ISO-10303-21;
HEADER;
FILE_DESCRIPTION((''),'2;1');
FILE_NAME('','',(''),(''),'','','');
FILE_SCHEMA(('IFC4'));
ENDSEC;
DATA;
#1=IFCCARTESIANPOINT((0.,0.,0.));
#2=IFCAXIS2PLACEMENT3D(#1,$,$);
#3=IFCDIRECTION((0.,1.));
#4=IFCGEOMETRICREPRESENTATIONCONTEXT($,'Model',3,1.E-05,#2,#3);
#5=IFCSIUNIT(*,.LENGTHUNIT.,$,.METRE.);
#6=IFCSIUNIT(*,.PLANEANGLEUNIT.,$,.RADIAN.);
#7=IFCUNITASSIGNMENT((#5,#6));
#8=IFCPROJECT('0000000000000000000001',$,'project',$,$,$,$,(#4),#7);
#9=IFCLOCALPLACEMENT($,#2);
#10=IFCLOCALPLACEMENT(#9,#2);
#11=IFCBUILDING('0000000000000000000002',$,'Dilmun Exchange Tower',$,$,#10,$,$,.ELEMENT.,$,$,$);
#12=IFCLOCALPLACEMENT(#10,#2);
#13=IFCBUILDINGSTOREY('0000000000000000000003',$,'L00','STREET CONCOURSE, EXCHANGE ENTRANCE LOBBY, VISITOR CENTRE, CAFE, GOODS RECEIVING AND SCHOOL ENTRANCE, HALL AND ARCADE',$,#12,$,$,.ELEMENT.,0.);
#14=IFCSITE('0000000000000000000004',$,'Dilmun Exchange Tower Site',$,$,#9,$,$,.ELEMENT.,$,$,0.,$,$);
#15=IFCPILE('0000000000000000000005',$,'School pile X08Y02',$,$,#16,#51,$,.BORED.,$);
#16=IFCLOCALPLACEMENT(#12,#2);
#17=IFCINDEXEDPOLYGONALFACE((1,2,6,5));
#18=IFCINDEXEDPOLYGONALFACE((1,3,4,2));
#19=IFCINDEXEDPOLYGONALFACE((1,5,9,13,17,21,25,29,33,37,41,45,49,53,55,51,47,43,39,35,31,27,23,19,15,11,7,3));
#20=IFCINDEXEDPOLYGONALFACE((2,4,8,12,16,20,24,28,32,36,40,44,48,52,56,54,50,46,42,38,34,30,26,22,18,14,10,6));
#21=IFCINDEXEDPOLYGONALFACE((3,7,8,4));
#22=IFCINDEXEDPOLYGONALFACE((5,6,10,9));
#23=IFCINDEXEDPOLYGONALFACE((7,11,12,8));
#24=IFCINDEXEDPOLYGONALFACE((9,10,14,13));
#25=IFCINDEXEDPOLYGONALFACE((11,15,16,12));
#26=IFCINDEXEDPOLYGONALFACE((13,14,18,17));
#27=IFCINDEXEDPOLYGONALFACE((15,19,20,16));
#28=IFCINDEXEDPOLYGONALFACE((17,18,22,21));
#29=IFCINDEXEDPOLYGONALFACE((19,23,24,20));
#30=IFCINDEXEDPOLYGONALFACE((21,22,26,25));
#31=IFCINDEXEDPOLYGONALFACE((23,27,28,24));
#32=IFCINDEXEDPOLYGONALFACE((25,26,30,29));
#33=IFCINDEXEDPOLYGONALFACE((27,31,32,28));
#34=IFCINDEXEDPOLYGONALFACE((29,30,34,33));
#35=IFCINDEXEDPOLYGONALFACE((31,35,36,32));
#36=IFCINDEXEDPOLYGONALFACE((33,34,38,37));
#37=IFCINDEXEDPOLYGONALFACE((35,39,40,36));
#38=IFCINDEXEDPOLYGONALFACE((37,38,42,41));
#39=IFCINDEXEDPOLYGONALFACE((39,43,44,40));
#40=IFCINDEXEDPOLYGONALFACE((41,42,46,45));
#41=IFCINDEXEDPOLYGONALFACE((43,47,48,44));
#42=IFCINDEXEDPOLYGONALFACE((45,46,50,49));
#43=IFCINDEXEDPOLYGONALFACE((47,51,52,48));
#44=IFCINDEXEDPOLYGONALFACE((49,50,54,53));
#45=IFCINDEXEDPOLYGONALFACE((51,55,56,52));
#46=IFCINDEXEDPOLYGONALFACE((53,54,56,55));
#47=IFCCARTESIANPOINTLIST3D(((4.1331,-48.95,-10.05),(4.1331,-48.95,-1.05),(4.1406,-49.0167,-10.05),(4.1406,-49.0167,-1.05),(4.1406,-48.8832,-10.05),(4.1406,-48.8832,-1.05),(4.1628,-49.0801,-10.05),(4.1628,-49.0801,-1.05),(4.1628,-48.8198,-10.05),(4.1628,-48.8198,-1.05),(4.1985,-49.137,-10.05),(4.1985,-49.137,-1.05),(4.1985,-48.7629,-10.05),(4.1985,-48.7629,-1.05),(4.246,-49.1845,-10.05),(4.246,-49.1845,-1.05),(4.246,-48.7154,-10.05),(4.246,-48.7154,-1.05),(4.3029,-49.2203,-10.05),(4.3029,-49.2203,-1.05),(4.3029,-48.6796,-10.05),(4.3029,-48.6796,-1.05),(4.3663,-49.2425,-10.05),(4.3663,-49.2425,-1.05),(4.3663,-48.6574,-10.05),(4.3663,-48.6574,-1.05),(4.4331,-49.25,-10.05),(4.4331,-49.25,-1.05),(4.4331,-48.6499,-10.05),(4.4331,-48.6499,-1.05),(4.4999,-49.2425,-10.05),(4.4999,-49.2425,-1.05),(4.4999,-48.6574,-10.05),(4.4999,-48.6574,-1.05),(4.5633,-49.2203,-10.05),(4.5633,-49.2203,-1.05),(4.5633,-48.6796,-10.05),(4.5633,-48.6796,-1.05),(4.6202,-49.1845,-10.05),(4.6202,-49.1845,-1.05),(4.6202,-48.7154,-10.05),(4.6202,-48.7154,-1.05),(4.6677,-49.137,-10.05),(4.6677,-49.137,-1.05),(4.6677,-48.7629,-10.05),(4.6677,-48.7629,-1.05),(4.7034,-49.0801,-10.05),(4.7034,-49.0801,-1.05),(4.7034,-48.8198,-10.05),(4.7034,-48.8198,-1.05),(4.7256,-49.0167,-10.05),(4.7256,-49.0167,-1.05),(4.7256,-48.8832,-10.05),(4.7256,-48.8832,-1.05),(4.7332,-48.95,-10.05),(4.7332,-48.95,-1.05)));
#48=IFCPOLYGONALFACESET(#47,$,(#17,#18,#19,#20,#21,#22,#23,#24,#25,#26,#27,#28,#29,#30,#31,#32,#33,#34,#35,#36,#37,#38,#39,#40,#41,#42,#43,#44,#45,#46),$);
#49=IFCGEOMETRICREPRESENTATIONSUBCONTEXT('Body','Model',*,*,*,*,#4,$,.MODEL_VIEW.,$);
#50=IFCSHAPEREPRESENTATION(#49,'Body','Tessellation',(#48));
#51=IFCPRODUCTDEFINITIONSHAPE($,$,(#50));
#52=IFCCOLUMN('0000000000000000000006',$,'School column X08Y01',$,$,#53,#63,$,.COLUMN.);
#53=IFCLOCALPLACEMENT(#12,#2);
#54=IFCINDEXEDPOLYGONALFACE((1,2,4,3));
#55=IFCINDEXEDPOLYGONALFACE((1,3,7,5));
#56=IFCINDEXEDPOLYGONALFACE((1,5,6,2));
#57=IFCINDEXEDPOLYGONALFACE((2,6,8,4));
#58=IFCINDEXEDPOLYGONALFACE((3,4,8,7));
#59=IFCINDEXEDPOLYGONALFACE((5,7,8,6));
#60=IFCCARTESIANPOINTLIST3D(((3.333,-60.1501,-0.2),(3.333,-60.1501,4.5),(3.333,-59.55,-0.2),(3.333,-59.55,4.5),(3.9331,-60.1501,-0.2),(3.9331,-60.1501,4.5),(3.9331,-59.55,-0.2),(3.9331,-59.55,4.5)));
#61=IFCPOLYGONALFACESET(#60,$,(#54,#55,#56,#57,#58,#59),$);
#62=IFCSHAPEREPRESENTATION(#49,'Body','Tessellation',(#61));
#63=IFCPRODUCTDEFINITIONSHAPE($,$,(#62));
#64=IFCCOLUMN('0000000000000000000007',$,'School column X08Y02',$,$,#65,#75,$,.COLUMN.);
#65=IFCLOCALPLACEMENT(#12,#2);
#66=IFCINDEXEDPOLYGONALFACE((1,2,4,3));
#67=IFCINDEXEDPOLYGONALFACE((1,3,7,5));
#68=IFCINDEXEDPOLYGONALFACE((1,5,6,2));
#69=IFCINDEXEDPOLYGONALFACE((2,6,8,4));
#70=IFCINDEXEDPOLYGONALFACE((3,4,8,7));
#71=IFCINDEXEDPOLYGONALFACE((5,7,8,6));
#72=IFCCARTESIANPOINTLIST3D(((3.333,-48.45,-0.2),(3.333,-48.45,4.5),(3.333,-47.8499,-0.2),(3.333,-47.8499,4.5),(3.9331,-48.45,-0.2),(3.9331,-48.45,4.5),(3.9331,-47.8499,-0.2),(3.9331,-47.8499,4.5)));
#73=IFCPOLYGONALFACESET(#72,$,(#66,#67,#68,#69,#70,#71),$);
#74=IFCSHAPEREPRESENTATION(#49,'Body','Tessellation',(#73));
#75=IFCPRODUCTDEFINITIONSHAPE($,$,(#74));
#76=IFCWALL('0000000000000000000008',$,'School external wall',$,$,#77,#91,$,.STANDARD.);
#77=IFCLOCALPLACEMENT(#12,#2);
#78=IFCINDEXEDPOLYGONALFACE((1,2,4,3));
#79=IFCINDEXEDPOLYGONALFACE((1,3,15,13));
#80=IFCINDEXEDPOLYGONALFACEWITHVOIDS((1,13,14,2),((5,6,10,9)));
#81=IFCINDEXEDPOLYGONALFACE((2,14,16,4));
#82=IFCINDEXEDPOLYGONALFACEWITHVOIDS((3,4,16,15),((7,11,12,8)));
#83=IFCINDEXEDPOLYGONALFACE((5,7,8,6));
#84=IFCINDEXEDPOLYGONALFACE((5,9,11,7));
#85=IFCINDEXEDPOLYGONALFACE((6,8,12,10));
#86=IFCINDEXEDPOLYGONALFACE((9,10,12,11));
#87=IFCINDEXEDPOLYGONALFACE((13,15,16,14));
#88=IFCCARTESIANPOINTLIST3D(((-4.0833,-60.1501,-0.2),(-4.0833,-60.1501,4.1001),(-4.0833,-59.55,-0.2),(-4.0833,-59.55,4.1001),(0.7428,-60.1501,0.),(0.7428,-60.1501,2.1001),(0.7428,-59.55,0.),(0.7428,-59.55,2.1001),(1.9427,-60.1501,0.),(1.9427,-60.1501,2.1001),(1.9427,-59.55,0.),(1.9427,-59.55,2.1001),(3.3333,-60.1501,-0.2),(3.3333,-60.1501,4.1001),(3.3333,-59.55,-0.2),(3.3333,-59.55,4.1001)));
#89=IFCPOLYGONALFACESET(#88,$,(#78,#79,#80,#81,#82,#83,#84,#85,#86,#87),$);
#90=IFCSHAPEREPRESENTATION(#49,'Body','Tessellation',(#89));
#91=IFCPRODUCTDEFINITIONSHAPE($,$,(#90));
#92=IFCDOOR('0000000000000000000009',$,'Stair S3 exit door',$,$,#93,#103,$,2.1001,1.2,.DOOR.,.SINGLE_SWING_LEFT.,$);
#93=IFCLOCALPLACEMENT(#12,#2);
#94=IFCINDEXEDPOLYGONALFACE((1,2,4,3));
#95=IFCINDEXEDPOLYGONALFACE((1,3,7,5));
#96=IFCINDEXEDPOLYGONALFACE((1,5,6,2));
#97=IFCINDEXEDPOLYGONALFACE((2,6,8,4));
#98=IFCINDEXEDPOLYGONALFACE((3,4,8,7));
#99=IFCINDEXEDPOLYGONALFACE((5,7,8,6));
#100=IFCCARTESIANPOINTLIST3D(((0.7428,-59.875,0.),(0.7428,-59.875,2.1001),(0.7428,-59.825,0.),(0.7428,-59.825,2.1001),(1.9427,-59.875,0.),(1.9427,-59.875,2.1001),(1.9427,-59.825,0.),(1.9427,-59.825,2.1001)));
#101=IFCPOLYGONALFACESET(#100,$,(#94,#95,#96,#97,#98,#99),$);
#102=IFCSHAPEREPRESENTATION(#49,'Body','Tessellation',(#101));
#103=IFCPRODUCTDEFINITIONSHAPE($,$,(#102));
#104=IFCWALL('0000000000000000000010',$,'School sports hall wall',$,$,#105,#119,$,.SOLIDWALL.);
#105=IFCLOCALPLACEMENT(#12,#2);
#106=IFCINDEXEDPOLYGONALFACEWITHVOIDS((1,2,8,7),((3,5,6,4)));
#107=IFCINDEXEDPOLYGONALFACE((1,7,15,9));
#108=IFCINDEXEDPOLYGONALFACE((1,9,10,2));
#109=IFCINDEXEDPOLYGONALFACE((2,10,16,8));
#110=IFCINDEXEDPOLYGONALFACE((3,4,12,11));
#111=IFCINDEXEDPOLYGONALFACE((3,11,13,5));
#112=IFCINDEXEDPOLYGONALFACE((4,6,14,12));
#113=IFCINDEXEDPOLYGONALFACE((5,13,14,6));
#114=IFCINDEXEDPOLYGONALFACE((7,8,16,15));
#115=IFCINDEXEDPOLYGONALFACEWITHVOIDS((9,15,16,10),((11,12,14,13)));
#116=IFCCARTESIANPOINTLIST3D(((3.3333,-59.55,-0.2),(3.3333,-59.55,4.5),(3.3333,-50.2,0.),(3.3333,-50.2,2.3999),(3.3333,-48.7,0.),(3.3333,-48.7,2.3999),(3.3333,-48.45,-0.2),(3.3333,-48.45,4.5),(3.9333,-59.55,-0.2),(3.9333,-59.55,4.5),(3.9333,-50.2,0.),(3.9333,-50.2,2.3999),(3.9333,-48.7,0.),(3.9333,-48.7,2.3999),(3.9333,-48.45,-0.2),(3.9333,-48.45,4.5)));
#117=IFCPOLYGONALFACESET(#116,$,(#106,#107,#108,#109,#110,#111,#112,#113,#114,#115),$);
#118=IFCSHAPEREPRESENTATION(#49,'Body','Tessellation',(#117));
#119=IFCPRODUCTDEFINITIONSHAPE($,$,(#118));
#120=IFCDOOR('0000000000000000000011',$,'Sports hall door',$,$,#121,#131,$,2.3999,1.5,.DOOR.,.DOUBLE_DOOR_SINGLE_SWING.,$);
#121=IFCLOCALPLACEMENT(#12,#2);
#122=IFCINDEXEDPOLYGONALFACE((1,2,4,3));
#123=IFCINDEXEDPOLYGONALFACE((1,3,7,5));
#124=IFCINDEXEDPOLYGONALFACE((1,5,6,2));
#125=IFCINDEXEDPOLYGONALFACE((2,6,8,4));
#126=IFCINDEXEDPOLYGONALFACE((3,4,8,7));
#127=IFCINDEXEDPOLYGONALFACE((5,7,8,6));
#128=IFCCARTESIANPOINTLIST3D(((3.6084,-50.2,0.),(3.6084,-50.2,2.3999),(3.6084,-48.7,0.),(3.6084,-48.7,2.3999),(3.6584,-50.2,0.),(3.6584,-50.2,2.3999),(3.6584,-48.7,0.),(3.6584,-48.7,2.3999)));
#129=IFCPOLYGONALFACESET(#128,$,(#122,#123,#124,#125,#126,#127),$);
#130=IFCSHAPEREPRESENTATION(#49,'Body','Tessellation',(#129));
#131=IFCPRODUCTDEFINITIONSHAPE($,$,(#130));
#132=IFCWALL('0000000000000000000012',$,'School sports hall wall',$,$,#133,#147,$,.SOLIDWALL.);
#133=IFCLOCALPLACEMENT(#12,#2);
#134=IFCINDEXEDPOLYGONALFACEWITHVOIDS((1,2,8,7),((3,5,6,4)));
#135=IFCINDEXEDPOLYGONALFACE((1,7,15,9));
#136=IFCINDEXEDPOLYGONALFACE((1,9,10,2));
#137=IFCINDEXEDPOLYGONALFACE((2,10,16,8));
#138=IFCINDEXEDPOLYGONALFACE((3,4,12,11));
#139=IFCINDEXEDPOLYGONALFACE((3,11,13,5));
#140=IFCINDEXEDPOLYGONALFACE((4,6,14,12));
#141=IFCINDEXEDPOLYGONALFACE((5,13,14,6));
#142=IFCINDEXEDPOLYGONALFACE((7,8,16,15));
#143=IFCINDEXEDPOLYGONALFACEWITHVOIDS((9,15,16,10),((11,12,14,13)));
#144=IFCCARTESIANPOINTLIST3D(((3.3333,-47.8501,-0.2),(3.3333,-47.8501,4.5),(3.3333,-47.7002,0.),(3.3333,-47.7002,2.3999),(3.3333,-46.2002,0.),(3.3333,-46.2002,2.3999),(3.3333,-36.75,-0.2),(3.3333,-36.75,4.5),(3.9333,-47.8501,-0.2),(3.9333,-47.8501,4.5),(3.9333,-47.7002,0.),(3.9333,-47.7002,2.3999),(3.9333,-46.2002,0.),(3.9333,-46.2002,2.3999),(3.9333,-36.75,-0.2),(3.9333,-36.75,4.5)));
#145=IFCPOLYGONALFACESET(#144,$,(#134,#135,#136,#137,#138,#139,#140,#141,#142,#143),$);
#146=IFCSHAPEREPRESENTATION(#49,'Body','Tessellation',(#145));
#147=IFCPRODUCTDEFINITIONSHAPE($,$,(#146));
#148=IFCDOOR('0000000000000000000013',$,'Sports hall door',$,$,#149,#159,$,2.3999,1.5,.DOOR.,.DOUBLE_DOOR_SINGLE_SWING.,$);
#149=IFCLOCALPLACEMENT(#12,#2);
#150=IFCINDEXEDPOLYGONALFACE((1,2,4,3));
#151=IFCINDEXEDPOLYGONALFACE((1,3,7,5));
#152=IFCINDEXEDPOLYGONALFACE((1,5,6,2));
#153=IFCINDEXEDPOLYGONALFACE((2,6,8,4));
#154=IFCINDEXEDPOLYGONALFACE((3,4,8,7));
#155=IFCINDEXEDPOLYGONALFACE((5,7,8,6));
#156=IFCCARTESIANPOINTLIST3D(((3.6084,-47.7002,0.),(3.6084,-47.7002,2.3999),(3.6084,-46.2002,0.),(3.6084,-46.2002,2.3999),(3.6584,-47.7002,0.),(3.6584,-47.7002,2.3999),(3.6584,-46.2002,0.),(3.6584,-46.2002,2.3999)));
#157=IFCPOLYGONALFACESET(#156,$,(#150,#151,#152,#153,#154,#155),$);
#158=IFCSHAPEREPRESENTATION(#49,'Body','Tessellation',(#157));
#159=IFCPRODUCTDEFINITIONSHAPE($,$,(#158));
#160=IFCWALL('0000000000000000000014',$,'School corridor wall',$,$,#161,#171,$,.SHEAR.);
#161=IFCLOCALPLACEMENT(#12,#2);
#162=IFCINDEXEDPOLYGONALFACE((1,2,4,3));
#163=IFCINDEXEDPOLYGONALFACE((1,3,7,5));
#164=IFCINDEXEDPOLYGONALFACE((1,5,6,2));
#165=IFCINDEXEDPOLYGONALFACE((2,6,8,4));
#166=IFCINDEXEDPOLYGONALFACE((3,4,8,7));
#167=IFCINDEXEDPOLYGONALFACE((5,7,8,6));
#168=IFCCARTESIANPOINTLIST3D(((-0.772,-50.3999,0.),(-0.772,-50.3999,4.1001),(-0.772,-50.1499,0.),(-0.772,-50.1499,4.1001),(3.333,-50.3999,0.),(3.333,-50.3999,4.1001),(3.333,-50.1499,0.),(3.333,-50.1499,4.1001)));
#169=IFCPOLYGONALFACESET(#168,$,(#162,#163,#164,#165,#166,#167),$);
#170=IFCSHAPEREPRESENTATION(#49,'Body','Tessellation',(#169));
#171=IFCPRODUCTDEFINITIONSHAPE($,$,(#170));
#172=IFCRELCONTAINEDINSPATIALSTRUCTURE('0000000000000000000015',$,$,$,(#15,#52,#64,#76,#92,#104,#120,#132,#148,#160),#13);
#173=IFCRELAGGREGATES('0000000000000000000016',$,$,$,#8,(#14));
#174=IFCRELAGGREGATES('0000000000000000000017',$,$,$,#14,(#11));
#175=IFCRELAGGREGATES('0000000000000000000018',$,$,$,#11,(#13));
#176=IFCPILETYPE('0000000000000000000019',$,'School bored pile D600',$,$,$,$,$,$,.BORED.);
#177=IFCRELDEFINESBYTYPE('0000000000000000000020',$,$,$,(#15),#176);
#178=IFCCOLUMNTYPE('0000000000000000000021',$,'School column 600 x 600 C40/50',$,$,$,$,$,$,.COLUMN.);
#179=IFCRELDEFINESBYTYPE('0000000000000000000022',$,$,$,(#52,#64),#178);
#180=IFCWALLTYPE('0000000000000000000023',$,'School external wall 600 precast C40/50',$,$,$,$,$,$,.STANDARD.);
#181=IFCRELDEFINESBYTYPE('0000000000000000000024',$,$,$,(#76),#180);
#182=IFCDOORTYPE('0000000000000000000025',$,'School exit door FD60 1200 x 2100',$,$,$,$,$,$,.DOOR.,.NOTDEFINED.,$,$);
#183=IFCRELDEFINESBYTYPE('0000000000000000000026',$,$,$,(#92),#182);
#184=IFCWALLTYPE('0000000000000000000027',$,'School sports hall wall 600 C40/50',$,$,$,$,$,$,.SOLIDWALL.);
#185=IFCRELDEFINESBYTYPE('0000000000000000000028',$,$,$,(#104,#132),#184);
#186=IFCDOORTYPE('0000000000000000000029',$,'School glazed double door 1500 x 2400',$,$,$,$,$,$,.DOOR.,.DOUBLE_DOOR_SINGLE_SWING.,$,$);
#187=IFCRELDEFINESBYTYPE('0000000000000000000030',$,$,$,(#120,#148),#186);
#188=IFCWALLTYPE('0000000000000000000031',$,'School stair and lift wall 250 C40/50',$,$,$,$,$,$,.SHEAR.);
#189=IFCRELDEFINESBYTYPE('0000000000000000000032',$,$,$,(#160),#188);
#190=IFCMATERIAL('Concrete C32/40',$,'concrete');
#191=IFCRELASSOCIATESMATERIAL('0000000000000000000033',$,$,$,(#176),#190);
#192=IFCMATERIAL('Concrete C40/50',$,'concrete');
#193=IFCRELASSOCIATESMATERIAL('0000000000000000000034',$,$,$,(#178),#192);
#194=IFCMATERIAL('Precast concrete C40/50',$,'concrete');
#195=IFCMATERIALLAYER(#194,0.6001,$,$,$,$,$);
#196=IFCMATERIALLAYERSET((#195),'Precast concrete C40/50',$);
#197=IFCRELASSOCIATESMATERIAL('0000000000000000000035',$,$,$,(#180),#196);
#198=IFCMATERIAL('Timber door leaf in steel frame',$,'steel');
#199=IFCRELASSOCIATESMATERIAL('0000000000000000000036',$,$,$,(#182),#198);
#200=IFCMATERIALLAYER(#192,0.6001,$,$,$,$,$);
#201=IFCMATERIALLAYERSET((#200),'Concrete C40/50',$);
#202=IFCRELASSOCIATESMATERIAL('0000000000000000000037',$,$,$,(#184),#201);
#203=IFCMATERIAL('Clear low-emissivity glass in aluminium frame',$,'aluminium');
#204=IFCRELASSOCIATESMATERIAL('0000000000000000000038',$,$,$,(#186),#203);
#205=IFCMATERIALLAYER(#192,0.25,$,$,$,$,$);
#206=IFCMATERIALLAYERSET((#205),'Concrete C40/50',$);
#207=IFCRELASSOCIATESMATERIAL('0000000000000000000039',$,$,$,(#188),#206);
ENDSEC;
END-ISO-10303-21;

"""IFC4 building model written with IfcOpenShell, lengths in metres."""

from ifc_helpers import new_model, si_unit, direction, frame, frame_2d, origin, origin_2d, place, context, subcontext, project, spatial, rectangle, circle, extrude, material, layer, layer_set, material_profile, profile_set, type_object, element, fill, save


model = new_model("IFC4")

# Units and contexts
model_context = context("Model", 3, precision=1e-05, world=origin(), true_north=direction((0.0, 1.0)))
body_context = subcontext(model_context, "Body", "Model", "MODEL_VIEW")
ifc_project = project(units=[si_unit("LENGTHUNIT", "METRE"), si_unit("PLANEANGLEUNIT", "RADIAN")], contexts=[model_context])

# Site, building, storey
site_placement = place(None, origin())
site = spatial("IfcSite", under=ifc_project, at=site_placement, Name="Dilmun Exchange Tower Site", CompositionType="ELEMENT", RefElevation=0.0)
building_placement = place(site_placement, origin())
building = spatial("IfcBuilding", under=site, at=building_placement, Name="Dilmun Exchange Tower", CompositionType="ELEMENT")
storey_placement = place(building_placement, origin())
storey = spatial("IfcBuildingStorey", under=building, at=storey_placement, Name="L00", Description="STREET CONCOURSE, EXCHANGE ENTRANCE LOBBY, VISITOR CENTRE, CAFE, GOODS RECEIVING AND SCHOOL ENTRANCE, HALL AND ARCADE", CompositionType="ELEMENT", Elevation=0.0)

# Pile
ifc_material_1 = material(Name="Concrete C32/40", Category="concrete")
ifc_material_profile_1 = material_profile(ifc_material_1, circle(Radius=0.3, at=origin_2d()), Name="D600")
ifc_profile_set_1 = profile_set([ifc_material_profile_1], Name="Concrete C32/40")
pile_type = type_object("IfcPileType", Name="School bored pile D600", PredefinedType="BORED", material=ifc_profile_set_1)
for number, where, z_axis, x_axis, name in (
    (1, (4.4331, -48.95, -1.05), (0.0, 0.0, -1.0), (1.0, 0.0, 0.0), "School pile X08Y02"),
):
    element("IfcPile", number, at=place(storey_placement, frame(where, z_axis=z_axis, x_axis=x_axis)), inside=storey, type_object=pile_type, Name=name, PredefinedType="BORED", context=body_context, shape_type="SweptSolid", body=[
        extrude(circle(Radius=0.3, at=origin_2d()), origin(), (0.0, 0.0, 1.0), 9.0),
    ])

# Columns
ifc_material_2 = material(Name="Concrete C40/50", Category="concrete")
ifc_material_profile_2 = material_profile(ifc_material_2, rectangle(XDim=0.6001, YDim=0.6001, at=origin_2d()), Name="600 x 600")
ifc_profile_set_2 = profile_set([ifc_material_profile_2], Name="Concrete C40/50")
column_type = type_object("IfcColumnType", Name="School column 600 x 600 C40/50", PredefinedType="COLUMN", material=ifc_profile_set_2)
for number, where, z_axis, x_axis, name in (
    (2, (3.6331, -59.8501, -0.2), (0.0, 0.0, 1.0), (1.0, 0.0, 0.0), "School column X08Y01"),
    (3, (3.6331, -48.1499, -0.2), (0.0, 0.0, 1.0), (1.0, 0.0, 0.0), "School column X08Y02"),
):
    element("IfcColumn", number, at=place(storey_placement, frame(where, z_axis=z_axis, x_axis=x_axis)), inside=storey, type_object=column_type, Name=name, PredefinedType="COLUMN", context=body_context, shape_type="SweptSolid", body=[
        extrude(rectangle(XDim=0.6001, YDim=0.6001, at=origin_2d()), origin(), (0.0, 0.0, 1.0), 4.7),
    ])

# Walls, openings, doors
ifc_material_3 = material(Name="Precast concrete C40/50", Category="concrete")
ifc_layer_1 = layer(ifc_material_3, 0.6001)
ifc_layer_set_1 = layer_set([ifc_layer_1], Name="Precast concrete C40/50")
wall_type_1 = type_object("IfcWallType", Name="School external wall 600 precast C40/50", PredefinedType="STANDARD", material=ifc_layer_set_1)
wall_1_placement = place(storey_placement, frame((3.3333, -59.8501, -0.2), z_axis=(0.0, 0.0, 1.0), x_axis=(-1.0, 0.0, 0.0)))
wall_1 = element("IfcWall", 4, at=wall_1_placement, inside=storey, type_object=wall_type_1, Name="School external wall", PredefinedType="STANDARD", context=body_context, shape_type="SweptSolid", body=[
    extrude(rectangle(XDim=7.4165, YDim=0.6001, at=frame_2d((3.7083, 0.0))), origin(), (0.0, 0.0, 1.0), 4.3),
])
opening_1_placement = place(wall_1_placement, frame((1.3904, 0.0, 0.2)))
opening_1 = element("IfcOpeningElement", 5, at=opening_1_placement, cuts=wall_1, PredefinedType="OPENING", context=body_context, shape_type="SweptSolid", body=[
    extrude(rectangle(XDim=1.2, YDim=2.1001, at=frame_2d((0.6001, 1.05))), frame((0.0, 0.3101, 0.0), z_axis=(0.0, -1.0, 0.0), x_axis=(1.0, 0.0, 0.0)), (0.0, 0.0, 1.0), 0.6201),
])
ifc_material_4 = material(Name="Timber door leaf in steel frame", Category="steel")
door_type_1 = type_object("IfcDoorType", Name="School exit door FD60 1200 x 2100", OperationType="NOTDEFINED", PredefinedType="DOOR", material=ifc_material_4)
door_1_placement = place(opening_1_placement, origin())
door_1 = element("IfcDoor", 6, at=door_1_placement, inside=storey, type_object=door_type_1, Name="Stair S3 exit door", OperationType="SINGLE_SWING_LEFT", OverallHeight=2.1001, OverallWidth=1.2, PredefinedType="DOOR", context=body_context, shape_type="SweptSolid", body=[
    extrude(rectangle(XDim=1.2, YDim=2.1001, at=frame_2d((0.6001, 1.05))), frame((0.0, 0.0249, 0.0), z_axis=(0.0, -1.0, 0.0), x_axis=(1.0, 0.0, 0.0)), (0.0, 0.0, 1.0), 0.05),
])
fill(opening_1, door_1)
ifc_layer_2 = layer(ifc_material_2, 0.6001)
ifc_layer_set_2 = layer_set([ifc_layer_2], Name="Concrete C40/50")
wall_type_2 = type_object("IfcWallType", Name="School sports hall wall 600 C40/50", PredefinedType="SOLIDWALL", material=ifc_layer_set_2)
wall_2_placement = place(storey_placement, frame((3.6333, -59.55, -0.2), z_axis=(0.0, 0.0, 1.0), x_axis=(0.0, 1.0, 0.0)))
wall_2 = element("IfcWall", 7, at=wall_2_placement, inside=storey, type_object=wall_type_2, Name="School sports hall wall", PredefinedType="SOLIDWALL", context=body_context, shape_type="SweptSolid", body=[
    extrude(rectangle(XDim=11.1001, YDim=0.6001, at=frame_2d((5.55, 0.0))), origin(), (0.0, 0.0, 1.0), 4.7),
])
opening_2_placement = place(wall_2_placement, frame((9.3501, 0.0, 0.2)))
opening_2 = element("IfcOpeningElement", 8, at=opening_2_placement, cuts=wall_2, PredefinedType="OPENING", context=body_context, shape_type="SweptSolid", body=[
    extrude(rectangle(XDim=1.5, YDim=2.3999, at=frame_2d((0.75, 1.2))), frame((0.0, 0.3101, 0.0), z_axis=(0.0, -1.0, 0.0), x_axis=(1.0, 0.0, 0.0)), (0.0, 0.0, 1.0), 0.6201),
])
ifc_material_5 = material(Name="Clear low-emissivity glass in aluminium frame", Category="aluminium")
door_type_2 = type_object("IfcDoorType", Name="School glazed double door 1500 x 2400", OperationType="DOUBLE_DOOR_SINGLE_SWING", PredefinedType="DOOR", material=ifc_material_5)
door_2_placement = place(opening_2_placement, origin())
door_2 = element("IfcDoor", 9, at=door_2_placement, inside=storey, type_object=door_type_2, Name="Sports hall door", OperationType="DOUBLE_DOOR_SINGLE_SWING", OverallHeight=2.3999, OverallWidth=1.5, PredefinedType="DOOR", context=body_context, shape_type="SweptSolid", body=[
    extrude(rectangle(XDim=1.5, YDim=2.3999, at=frame_2d((0.75, 1.2))), frame((0.0, 0.0249, 0.0), z_axis=(0.0, -1.0, 0.0), x_axis=(1.0, 0.0, 0.0)), (0.0, 0.0, 1.0), 0.05),
])
fill(opening_2, door_2)
wall_3_placement = place(storey_placement, frame((3.6333, -47.8501, -0.2), z_axis=(0.0, 0.0, 1.0), x_axis=(0.0, 1.0, 0.0)))
wall_3 = element("IfcWall", 10, at=wall_3_placement, inside=storey, type_object=wall_type_2, Name="School sports hall wall", PredefinedType="SOLIDWALL", context=body_context, shape_type="SweptSolid", body=[
    extrude(rectangle(XDim=11.1001, YDim=0.6001, at=frame_2d((5.55, 0.0))), origin(), (0.0, 0.0, 1.0), 4.7),
])
opening_3_placement = place(wall_3_placement, frame((0.1499, 0.0, 0.2)))
opening_3 = element("IfcOpeningElement", 11, at=opening_3_placement, cuts=wall_3, PredefinedType="OPENING", context=body_context, shape_type="SweptSolid", body=[
    extrude(rectangle(XDim=1.5, YDim=2.3999, at=frame_2d((0.75, 1.2))), frame((0.0, 0.3101, 0.0), z_axis=(0.0, -1.0, 0.0), x_axis=(1.0, 0.0, 0.0)), (0.0, 0.0, 1.0), 0.6201),
])
door_3_placement = place(opening_3_placement, origin())
door_3 = element("IfcDoor", 12, at=door_3_placement, inside=storey, type_object=door_type_2, Name="Sports hall door", OperationType="DOUBLE_DOOR_SINGLE_SWING", OverallHeight=2.3999, OverallWidth=1.5, PredefinedType="DOOR", context=body_context, shape_type="SweptSolid", body=[
    extrude(rectangle(XDim=1.5, YDim=2.3999, at=frame_2d((0.75, 1.2))), frame((0.0, 0.0249, 0.0), z_axis=(0.0, -1.0, 0.0), x_axis=(1.0, 0.0, 0.0)), (0.0, 0.0, 1.0), 0.05),
])
fill(opening_3, door_3)

# Wall
ifc_layer_3 = layer(ifc_material_2, 0.25)
ifc_layer_set_3 = layer_set([ifc_layer_3], Name="Concrete C40/50")
wall_type_3 = type_object("IfcWallType", Name="School stair and lift wall 250 C40/50", PredefinedType="SHEAR", material=ifc_layer_set_3)
wall_4_placement = place(storey_placement, frame((-0.772, -50.2749, 0.0), z_axis=(0.0, 0.0, 1.0), x_axis=(1.0, 0.0, 0.0)))
element("IfcWall", 13, at=wall_4_placement, inside=storey, type_object=wall_type_3, Name="School corridor wall", PredefinedType="SHEAR", context=body_context, shape_type="SweptSolid", body=[
    extrude(rectangle(XDim=4.105, YDim=0.25, at=frame_2d((2.0525, 0.0))), origin(), (0.0, 0.0, 1.0), 4.1001),
])

save(model, "model.ifc")
